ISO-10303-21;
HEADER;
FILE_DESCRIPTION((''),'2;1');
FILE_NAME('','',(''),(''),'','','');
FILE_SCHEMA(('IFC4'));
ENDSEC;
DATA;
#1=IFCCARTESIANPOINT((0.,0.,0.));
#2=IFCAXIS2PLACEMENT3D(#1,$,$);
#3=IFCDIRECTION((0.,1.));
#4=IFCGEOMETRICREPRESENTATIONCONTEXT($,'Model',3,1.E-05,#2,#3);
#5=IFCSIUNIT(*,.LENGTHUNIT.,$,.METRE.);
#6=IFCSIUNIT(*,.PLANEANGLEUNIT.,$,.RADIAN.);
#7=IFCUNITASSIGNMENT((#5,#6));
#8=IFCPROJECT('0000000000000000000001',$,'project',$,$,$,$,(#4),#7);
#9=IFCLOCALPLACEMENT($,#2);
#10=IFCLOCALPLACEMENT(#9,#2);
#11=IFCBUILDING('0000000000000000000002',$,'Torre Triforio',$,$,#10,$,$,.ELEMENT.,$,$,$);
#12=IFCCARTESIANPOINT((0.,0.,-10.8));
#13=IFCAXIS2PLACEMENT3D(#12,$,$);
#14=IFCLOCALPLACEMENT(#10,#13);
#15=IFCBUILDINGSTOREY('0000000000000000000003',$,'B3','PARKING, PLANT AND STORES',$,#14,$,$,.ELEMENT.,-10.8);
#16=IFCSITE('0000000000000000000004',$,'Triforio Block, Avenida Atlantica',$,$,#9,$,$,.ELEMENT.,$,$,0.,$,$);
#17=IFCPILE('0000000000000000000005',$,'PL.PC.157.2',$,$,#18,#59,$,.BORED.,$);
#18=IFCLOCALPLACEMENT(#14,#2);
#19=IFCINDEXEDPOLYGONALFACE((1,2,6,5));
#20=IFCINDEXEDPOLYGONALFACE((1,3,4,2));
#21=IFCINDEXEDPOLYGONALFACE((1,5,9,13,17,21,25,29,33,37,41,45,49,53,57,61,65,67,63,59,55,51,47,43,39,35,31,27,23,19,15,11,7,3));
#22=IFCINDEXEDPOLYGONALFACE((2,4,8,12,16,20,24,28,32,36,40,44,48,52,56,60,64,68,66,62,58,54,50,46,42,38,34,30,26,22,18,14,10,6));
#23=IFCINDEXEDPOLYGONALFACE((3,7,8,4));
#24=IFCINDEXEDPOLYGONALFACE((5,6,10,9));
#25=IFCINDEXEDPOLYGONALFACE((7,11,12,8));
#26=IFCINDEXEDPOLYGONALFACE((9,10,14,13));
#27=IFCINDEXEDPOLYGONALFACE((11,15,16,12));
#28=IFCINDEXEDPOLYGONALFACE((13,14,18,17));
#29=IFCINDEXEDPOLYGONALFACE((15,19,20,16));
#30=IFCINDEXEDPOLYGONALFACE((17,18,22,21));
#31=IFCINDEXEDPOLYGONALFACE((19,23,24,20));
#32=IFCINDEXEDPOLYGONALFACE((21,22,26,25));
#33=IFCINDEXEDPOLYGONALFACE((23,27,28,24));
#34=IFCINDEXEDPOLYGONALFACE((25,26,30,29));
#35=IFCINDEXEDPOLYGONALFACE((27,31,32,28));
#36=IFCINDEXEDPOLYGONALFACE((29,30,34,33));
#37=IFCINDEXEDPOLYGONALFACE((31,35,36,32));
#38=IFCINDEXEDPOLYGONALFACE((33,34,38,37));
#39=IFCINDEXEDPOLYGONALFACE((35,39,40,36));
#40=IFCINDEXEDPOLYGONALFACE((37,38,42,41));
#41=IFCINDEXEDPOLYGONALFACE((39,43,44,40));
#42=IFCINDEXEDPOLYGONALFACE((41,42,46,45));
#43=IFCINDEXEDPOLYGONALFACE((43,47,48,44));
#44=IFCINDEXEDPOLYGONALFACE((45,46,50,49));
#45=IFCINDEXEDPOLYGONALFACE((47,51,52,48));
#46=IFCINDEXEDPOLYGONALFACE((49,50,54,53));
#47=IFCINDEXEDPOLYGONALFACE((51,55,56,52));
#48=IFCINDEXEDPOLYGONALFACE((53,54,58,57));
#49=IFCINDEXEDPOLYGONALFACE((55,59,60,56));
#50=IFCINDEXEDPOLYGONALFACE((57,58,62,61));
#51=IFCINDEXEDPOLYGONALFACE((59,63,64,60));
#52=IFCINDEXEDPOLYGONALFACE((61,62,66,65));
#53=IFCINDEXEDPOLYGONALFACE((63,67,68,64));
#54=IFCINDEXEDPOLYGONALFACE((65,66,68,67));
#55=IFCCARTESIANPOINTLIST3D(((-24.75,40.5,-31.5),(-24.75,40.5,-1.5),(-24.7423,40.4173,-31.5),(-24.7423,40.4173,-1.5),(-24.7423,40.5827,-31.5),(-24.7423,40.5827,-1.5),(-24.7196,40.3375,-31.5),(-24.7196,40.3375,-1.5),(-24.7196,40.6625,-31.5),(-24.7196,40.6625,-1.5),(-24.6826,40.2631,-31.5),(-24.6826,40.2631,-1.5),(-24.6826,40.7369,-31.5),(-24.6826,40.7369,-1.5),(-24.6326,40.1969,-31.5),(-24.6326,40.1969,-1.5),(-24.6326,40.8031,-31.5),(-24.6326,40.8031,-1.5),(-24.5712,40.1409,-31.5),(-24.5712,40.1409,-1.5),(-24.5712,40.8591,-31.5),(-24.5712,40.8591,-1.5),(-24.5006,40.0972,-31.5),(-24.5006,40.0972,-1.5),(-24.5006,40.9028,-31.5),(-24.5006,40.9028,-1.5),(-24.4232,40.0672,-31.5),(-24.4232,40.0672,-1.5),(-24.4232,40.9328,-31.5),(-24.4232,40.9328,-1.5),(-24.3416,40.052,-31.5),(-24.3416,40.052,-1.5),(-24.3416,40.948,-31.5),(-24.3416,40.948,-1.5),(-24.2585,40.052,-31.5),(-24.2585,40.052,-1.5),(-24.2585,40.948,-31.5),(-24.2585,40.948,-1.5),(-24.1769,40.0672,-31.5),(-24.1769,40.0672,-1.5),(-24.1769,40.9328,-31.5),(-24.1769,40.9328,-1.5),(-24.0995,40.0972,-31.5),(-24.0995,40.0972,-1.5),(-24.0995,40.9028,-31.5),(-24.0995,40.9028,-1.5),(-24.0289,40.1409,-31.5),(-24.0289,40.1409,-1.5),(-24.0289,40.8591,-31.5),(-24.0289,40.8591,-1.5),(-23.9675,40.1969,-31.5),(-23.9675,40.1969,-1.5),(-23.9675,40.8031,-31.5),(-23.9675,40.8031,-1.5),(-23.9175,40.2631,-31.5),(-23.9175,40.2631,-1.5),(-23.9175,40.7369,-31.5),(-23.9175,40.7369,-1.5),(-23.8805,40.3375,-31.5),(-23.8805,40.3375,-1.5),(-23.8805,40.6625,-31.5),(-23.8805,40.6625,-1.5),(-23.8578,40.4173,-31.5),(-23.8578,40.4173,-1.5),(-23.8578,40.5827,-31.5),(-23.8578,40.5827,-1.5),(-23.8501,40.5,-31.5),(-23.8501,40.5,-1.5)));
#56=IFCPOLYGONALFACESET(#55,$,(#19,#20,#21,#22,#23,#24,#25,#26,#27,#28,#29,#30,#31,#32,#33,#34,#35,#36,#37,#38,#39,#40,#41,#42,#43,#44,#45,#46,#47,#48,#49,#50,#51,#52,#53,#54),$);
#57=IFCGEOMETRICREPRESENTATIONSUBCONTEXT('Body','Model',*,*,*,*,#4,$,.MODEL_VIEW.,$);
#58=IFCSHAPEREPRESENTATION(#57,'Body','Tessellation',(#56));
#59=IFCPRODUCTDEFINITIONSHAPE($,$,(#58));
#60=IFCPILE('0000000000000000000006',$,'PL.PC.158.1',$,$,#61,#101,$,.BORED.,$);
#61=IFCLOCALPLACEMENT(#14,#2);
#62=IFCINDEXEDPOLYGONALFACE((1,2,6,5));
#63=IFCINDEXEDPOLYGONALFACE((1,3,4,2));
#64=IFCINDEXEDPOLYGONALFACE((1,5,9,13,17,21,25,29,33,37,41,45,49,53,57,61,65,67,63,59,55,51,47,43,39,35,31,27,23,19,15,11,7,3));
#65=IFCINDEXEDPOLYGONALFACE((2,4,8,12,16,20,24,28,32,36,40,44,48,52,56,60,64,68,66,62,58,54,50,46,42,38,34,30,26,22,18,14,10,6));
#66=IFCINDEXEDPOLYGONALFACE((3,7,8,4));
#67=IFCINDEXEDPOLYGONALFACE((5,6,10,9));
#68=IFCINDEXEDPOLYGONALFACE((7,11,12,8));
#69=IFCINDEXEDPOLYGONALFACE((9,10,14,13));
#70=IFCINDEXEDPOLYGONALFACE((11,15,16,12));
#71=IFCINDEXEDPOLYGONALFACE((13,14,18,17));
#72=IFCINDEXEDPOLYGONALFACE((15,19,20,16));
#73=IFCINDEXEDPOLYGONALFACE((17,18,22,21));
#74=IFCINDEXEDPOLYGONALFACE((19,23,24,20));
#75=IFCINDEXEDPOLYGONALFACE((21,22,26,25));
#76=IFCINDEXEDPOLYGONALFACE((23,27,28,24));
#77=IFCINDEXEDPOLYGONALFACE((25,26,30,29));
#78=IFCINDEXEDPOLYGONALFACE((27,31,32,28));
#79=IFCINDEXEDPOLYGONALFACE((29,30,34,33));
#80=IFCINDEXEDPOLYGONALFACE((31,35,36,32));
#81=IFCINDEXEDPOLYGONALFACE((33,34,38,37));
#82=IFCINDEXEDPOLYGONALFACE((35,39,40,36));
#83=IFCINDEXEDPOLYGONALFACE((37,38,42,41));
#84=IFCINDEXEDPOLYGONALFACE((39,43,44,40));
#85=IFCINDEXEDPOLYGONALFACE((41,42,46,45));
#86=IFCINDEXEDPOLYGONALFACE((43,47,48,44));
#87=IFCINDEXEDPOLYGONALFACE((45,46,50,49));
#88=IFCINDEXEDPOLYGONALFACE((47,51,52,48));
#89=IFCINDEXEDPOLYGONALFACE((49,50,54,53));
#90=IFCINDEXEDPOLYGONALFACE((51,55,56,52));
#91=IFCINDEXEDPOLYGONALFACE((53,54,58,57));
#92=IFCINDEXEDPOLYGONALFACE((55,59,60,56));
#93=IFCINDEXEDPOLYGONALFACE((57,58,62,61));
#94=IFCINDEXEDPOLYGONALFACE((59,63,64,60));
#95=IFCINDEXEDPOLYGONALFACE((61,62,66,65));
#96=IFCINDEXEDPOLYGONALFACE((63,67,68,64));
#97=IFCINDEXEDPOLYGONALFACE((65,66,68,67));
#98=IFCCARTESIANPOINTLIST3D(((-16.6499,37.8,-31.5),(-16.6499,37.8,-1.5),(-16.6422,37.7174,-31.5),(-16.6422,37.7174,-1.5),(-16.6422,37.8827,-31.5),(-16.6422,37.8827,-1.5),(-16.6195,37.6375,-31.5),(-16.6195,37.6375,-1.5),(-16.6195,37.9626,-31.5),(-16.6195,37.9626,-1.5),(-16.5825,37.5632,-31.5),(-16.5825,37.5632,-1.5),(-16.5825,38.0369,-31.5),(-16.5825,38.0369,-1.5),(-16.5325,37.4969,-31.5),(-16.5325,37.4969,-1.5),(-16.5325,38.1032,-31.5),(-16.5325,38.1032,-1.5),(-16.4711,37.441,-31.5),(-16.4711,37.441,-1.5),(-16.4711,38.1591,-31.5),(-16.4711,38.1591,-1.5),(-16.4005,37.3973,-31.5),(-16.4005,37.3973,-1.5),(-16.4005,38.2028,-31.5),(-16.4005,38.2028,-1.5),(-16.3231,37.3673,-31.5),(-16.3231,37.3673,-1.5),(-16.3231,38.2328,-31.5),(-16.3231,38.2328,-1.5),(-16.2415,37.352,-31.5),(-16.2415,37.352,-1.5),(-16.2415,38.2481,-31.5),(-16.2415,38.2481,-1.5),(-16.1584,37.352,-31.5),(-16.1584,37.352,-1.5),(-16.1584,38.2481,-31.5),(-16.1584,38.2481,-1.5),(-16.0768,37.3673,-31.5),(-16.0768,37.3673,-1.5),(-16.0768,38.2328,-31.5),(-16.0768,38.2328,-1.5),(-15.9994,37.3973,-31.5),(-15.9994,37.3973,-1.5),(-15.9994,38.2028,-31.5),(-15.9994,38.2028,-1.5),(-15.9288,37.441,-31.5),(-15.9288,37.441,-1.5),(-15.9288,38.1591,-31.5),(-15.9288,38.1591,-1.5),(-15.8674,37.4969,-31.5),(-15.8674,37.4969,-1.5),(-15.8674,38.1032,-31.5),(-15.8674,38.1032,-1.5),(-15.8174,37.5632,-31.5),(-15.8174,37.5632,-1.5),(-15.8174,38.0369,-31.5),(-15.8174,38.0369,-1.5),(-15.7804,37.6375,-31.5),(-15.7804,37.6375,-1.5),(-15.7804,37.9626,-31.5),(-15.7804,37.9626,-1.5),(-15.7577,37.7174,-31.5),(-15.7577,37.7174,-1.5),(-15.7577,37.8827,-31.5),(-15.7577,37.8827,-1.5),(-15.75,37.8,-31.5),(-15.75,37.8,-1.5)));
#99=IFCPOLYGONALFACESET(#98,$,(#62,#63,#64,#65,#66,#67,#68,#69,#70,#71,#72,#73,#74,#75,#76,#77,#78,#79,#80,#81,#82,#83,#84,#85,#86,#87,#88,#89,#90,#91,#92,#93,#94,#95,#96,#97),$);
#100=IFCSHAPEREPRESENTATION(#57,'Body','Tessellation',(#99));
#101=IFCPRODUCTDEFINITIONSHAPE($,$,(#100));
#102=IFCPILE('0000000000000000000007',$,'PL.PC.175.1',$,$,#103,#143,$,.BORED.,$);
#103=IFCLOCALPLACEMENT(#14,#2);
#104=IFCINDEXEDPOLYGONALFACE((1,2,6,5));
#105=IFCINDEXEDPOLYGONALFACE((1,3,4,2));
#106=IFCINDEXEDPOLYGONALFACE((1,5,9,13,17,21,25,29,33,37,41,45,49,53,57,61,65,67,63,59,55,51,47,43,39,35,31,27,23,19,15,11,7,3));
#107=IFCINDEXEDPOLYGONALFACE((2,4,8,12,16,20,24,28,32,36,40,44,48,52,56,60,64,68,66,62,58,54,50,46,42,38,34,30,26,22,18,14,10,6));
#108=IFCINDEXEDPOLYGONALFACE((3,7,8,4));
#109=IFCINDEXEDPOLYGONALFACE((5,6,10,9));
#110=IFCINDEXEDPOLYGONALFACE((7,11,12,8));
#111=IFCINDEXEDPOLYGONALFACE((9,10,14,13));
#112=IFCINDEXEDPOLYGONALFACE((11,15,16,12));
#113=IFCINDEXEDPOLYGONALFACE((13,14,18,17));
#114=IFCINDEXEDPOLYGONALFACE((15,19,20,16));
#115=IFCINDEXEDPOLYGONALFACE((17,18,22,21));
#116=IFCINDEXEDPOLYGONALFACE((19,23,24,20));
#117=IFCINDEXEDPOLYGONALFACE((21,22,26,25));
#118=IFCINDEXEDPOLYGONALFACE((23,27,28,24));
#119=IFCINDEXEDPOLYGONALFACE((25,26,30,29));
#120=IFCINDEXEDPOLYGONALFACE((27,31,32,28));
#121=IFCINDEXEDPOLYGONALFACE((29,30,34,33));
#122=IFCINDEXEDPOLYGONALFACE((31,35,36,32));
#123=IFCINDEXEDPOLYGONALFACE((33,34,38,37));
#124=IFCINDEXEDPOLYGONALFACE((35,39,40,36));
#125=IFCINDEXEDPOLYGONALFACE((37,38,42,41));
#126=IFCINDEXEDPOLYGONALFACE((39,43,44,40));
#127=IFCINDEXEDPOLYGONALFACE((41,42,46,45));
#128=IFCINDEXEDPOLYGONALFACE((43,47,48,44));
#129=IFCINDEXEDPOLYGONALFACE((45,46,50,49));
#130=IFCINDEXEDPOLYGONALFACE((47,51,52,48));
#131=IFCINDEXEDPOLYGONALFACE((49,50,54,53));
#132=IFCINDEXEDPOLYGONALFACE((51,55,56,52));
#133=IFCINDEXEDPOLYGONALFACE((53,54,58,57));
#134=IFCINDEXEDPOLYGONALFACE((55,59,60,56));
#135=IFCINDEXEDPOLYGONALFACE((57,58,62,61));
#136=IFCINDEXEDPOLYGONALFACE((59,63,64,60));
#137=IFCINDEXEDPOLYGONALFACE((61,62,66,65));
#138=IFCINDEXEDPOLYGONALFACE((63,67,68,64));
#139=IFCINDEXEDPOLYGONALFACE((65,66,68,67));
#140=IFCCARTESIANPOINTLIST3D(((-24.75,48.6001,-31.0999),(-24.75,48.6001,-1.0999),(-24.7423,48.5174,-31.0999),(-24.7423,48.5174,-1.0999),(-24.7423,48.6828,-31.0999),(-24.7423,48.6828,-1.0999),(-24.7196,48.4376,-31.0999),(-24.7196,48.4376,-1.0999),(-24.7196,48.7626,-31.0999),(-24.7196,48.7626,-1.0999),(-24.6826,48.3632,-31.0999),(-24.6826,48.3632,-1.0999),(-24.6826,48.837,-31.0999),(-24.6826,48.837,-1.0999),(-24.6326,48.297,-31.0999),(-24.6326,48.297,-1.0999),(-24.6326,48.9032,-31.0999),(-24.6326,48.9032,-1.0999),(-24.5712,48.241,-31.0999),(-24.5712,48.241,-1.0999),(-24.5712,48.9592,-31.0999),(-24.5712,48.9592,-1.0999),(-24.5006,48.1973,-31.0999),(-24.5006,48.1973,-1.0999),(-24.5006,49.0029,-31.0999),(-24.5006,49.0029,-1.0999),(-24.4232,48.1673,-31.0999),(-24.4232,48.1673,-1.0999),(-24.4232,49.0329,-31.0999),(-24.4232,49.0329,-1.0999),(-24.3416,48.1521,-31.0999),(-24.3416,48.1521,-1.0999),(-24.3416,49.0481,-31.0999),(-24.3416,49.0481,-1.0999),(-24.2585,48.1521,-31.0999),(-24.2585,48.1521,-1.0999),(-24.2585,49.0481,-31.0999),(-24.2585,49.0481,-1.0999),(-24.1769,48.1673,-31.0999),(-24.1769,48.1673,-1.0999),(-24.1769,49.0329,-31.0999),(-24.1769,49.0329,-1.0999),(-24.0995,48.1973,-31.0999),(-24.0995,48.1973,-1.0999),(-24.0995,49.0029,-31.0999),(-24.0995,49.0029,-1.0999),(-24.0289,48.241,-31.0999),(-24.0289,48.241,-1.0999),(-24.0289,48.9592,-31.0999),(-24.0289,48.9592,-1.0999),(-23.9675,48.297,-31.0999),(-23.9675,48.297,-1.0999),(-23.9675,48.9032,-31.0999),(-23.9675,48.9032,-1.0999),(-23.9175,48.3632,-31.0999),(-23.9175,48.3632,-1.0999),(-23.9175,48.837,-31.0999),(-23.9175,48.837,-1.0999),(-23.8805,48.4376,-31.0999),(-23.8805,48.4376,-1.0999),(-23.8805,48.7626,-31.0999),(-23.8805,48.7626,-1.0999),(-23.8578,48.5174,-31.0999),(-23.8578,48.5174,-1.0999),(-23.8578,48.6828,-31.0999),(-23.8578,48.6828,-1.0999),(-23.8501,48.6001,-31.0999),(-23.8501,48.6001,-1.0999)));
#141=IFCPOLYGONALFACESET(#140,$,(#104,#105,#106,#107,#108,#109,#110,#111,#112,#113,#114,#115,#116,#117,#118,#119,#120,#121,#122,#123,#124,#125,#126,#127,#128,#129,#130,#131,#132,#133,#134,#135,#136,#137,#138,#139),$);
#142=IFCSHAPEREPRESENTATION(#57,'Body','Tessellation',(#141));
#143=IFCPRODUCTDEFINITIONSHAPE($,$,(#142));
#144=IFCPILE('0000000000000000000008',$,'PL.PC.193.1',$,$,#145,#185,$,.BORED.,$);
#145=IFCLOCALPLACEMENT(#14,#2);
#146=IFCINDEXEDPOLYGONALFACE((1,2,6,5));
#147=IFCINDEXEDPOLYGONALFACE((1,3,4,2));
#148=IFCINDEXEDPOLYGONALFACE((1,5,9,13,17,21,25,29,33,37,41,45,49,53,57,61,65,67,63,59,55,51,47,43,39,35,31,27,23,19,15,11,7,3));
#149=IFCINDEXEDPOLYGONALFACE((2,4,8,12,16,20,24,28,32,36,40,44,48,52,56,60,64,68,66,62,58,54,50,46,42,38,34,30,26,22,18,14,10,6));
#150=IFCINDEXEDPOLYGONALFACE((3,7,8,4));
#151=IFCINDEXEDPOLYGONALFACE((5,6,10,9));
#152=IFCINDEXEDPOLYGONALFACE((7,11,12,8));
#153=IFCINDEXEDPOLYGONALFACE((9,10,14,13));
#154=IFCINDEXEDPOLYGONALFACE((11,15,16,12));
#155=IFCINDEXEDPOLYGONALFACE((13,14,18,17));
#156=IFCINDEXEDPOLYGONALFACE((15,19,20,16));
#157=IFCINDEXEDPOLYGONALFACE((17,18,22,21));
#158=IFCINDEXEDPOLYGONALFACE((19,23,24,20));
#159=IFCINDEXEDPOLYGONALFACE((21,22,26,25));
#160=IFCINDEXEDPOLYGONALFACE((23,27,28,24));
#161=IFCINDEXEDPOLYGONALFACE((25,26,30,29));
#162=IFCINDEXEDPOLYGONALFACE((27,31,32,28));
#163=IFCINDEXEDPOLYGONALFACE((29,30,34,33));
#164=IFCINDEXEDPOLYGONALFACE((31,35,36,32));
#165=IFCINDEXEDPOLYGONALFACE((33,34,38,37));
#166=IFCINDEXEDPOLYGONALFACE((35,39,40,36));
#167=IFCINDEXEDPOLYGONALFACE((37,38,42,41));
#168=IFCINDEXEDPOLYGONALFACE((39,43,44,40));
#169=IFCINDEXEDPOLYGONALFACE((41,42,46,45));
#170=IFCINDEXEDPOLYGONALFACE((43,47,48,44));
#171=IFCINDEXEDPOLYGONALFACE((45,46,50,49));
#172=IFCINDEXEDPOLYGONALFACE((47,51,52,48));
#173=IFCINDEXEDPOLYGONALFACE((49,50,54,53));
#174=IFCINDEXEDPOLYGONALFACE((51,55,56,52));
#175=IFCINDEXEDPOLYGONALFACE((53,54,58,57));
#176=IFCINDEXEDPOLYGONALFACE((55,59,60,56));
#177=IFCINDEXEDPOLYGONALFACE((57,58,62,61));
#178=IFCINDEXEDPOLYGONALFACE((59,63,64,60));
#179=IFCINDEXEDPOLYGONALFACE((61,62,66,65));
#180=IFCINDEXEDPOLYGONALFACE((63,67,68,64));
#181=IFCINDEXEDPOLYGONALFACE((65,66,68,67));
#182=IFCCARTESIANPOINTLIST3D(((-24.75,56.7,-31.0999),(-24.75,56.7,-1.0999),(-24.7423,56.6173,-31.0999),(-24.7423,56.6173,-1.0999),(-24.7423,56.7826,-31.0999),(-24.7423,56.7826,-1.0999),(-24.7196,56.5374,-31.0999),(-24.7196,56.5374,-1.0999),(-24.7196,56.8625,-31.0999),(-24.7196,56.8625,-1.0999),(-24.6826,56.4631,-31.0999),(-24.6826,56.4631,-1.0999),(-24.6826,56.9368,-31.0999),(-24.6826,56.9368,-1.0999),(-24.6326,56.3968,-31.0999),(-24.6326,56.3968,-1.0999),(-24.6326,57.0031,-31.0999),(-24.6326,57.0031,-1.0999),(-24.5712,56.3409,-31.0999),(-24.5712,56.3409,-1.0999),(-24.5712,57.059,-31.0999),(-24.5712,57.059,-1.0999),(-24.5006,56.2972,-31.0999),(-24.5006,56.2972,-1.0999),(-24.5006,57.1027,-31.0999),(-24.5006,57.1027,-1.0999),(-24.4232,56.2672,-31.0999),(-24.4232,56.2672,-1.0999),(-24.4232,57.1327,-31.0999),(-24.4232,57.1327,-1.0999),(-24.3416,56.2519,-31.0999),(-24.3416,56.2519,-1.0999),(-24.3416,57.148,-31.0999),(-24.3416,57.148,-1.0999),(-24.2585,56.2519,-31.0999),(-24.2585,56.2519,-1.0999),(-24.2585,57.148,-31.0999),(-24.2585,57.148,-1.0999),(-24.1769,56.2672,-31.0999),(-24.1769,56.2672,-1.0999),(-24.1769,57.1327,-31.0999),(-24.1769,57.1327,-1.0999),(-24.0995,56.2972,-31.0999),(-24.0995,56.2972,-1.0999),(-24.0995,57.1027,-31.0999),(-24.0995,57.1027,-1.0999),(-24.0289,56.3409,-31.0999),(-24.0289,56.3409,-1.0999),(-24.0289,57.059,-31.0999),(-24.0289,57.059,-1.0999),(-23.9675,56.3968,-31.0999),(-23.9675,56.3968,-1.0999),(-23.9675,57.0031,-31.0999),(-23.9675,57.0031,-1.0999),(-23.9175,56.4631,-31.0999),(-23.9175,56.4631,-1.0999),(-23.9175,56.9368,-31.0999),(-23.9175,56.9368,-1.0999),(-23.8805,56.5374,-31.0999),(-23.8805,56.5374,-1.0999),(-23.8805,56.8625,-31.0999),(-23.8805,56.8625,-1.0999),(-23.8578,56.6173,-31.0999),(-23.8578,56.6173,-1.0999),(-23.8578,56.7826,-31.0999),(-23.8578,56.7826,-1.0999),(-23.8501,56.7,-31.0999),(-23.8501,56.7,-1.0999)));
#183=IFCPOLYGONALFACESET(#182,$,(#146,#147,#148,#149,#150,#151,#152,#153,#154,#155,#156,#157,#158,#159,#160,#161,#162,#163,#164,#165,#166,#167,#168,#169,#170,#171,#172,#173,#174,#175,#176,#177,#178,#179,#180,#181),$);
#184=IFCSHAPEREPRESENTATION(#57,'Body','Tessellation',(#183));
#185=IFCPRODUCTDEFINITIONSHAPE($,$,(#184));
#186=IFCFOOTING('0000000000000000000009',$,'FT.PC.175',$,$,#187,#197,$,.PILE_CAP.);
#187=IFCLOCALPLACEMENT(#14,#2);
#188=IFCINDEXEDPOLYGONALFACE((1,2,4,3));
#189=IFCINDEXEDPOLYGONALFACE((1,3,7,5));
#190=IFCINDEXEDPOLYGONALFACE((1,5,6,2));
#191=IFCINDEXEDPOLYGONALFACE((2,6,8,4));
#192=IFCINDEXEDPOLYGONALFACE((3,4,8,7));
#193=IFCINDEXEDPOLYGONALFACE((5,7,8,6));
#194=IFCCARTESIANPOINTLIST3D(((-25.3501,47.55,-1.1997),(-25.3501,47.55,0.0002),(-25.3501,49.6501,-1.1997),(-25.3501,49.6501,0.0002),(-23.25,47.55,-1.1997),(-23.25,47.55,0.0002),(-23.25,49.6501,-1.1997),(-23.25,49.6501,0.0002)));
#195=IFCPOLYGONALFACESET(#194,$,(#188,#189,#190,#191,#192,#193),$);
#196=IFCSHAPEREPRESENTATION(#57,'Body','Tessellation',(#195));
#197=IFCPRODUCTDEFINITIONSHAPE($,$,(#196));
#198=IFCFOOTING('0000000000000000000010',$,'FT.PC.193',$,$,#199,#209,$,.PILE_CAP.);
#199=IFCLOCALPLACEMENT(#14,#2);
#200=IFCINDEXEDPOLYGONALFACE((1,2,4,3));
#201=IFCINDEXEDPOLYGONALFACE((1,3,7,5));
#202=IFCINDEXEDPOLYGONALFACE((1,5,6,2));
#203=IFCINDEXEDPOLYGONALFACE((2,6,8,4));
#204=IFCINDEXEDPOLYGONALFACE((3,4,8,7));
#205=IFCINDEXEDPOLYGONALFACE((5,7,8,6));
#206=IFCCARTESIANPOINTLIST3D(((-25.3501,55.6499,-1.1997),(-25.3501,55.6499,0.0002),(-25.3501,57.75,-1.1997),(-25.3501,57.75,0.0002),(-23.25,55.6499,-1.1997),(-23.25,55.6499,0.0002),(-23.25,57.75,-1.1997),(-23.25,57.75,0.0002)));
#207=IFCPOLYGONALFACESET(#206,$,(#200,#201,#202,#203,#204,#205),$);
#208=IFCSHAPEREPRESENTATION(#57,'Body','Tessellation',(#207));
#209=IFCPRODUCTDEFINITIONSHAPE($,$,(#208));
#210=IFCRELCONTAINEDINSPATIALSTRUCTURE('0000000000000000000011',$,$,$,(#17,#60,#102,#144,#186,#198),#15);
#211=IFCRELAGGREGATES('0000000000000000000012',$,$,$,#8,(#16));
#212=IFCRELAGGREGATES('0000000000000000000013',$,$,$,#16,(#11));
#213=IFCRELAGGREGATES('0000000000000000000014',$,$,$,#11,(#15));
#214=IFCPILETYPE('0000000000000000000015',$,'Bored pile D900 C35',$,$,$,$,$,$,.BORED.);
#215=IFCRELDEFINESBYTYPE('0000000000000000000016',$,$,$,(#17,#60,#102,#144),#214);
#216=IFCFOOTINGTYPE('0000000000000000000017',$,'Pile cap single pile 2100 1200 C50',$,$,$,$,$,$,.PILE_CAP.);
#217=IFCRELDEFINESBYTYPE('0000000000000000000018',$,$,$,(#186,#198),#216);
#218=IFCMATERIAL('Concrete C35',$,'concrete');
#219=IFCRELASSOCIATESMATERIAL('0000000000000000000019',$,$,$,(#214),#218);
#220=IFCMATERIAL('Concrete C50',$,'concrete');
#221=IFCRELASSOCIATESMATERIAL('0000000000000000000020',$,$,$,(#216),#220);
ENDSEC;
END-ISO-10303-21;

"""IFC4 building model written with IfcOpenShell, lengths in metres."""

from ifc_helpers import new_model, si_unit, direction, frame, origin, origin_2d, place, context, subcontext, project, spatial, rectangle, circle, extrude, material, material_profile, profile_set, type_object, element, save


model = new_model("IFC4")

# Units and contexts
model_context = context("Model", 3, precision=1e-05, world=origin(), true_north=direction((0.0, 1.0)))
body_context = subcontext(model_context, "Body", "Model", "MODEL_VIEW")
ifc_project = project(units=[si_unit("LENGTHUNIT", "METRE"), si_unit("PLANEANGLEUNIT", "RADIAN")], contexts=[model_context])

# Site, building, storey
site_placement = place(None, origin())
site = spatial("IfcSite", under=ifc_project, at=site_placement, Name="Triforio Block, Avenida Atlantica", CompositionType="ELEMENT", RefElevation=0.0)
building_placement = place(site_placement, origin())
building = spatial("IfcBuilding", under=site, at=building_placement, Name="Torre Triforio", CompositionType="ELEMENT")
storey_placement = place(building_placement, frame((0.0, 0.0, -10.8)))
storey = spatial("IfcBuildingStorey", under=building, at=storey_placement, Name="B3", Description="PARKING, PLANT AND STORES", CompositionType="ELEMENT", Elevation=-10.8)

# Piles
ifc_material_1 = material(Name="Concrete C35", Category="concrete")
ifc_material_profile_1 = material_profile(ifc_material_1, circle(Radius=0.45, at=origin_2d()), Name="RC D900")
ifc_profile_set_1 = profile_set([ifc_material_profile_1], Name="Concrete C35")
pile_type = type_object("IfcPileType", Name="Bored pile D900 C35", PredefinedType="BORED", material=ifc_profile_set_1)
for number, where, z_axis, x_axis, name in (
    (1, (-24.3, 40.5, -1.5), (0.0, 0.0, -1.0), (1.0, 0.0, 0.0), "PL.PC.157.2"),
    (2, (-16.2, 37.8, -1.5), (0.0, 0.0, -1.0), (1.0, 0.0, 0.0), "PL.PC.158.1"),
    (3, (-24.3, 48.6001, -1.0999), (0.0, 0.0, -1.0), (1.0, 0.0, 0.0), "PL.PC.175.1"),
    (4, (-24.3, 56.7, -1.0999), (0.0, 0.0, -1.0), (1.0, 0.0, 0.0), "PL.PC.193.1"),
):
    element("IfcPile", number, at=place(storey_placement, frame(where, z_axis=z_axis, x_axis=x_axis)), inside=storey, type_object=pile_type, Name=name, PredefinedType="BORED", context=body_context, shape_type="SweptSolid", body=[
        extrude(circle(Radius=0.45, at=origin_2d()), origin(), (0.0, 0.0, 1.0), 30.0),
    ])

# Footings
ifc_material_2 = material(Name="Concrete C50", Category="concrete")
footing_type = type_object("IfcFootingType", Name="Pile cap single pile 2100 1200 C50", PredefinedType="PILE_CAP", material=ifc_material_2)
for number, where, z_axis, x_axis, name in (
    (5, (-24.3, 48.6001, -1.1997), (0.0, 0.0, 1.0), (1.0, 0.0, 0.0), "FT.PC.175"),
    (6, (-24.3, 56.7, -1.1997), (0.0, 0.0, 1.0), (1.0, 0.0, 0.0), "FT.PC.193"),
):
    element("IfcFooting", number, at=place(storey_placement, frame(where, z_axis=z_axis, x_axis=x_axis)), inside=storey, type_object=footing_type, Name=name, PredefinedType="PILE_CAP", context=body_context, shape_type="SweptSolid", body=[
        extrude(rectangle(XDim=2.1001, YDim=2.1001, at=origin_2d()), origin(), (0.0, 0.0, 1.0), 1.2),
    ])

save(model, "model.ifc")
